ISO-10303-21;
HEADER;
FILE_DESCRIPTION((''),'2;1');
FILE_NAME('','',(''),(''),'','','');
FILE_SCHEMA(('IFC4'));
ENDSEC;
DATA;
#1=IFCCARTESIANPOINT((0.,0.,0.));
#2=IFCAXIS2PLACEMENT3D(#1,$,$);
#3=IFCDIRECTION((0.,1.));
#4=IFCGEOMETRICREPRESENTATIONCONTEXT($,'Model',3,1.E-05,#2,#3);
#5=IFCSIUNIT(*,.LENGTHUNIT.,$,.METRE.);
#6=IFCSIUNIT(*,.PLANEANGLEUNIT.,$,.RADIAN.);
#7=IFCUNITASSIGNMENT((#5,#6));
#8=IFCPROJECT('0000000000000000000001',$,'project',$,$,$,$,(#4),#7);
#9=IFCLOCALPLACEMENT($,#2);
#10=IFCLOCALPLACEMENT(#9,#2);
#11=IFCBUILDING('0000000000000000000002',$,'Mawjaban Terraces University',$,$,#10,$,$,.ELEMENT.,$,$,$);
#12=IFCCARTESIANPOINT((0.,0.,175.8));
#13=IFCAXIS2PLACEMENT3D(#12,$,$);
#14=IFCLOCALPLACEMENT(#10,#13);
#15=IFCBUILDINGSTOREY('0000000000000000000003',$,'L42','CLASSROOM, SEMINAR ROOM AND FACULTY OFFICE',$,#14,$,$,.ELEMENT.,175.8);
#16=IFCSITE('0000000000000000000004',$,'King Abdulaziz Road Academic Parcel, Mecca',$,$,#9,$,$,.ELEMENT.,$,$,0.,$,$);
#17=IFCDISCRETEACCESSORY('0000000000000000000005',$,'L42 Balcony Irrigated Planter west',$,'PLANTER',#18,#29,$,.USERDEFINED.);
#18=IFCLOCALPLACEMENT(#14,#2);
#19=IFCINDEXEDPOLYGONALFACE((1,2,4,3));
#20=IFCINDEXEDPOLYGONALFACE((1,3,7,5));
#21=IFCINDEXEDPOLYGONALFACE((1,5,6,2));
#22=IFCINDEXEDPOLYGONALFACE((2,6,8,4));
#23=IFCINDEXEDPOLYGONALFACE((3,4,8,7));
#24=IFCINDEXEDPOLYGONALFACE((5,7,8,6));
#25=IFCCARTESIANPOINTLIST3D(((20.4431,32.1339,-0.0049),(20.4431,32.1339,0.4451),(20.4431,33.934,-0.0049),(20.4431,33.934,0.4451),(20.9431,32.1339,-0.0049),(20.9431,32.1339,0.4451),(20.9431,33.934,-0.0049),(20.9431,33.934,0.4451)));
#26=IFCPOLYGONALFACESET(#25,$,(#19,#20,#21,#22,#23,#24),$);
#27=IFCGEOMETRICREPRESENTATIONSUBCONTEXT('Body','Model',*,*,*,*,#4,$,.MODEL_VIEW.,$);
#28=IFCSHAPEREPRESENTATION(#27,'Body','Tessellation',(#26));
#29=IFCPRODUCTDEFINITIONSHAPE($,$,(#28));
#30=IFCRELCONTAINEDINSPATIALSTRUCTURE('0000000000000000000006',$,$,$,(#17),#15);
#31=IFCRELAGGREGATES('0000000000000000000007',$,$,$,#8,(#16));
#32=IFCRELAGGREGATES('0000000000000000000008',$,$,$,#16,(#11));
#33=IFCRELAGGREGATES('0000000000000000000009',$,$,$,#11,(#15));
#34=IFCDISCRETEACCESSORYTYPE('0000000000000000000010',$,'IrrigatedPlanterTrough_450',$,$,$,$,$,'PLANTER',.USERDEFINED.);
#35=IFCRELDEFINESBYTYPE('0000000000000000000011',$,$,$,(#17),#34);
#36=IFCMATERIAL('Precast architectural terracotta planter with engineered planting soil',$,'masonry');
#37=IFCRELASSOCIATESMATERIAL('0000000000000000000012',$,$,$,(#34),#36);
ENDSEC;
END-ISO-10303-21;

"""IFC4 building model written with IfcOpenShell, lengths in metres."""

from ifc_helpers import new_model, si_unit, direction, frame, origin, origin_2d, place, context, subcontext, project, spatial, rectangle, extrude, material, type_object, element, save


model = new_model("IFC4")

# Units and contexts
model_context = context("Model", 3, precision=1e-05, world=origin(), true_north=direction((0.0, 1.0)))
body_context = subcontext(model_context, "Body", "Model", "MODEL_VIEW")
ifc_project = project(units=[si_unit("LENGTHUNIT", "METRE"), si_unit("PLANEANGLEUNIT", "RADIAN")], contexts=[model_context])

# Site, building, storey
site_placement = place(None, origin())
site = spatial("IfcSite", under=ifc_project, at=site_placement, Name="King Abdulaziz Road Academic Parcel, Mecca", CompositionType="ELEMENT", RefElevation=0.0)
building_placement = place(site_placement, origin())
building = spatial("IfcBuilding", under=site, at=building_placement, Name="Mawjaban Terraces University", CompositionType="ELEMENT")
storey_placement = place(building_placement, frame((0.0, 0.0, 175.8)))
storey = spatial("IfcBuildingStorey", under=building, at=storey_placement, Name="L42", Description="CLASSROOM, SEMINAR ROOM AND FACULTY OFFICE", CompositionType="ELEMENT", Elevation=175.8)

# Discrete accessory
ifc_material_1 = material(Name="Precast architectural terracotta planter with engineered planting soil", Category="masonry")
discrete_accessory_type_1 = type_object("IfcDiscreteAccessoryType", Name="IrrigatedPlanterTrough_450", ElementType="PLANTER", PredefinedType="USERDEFINED", material=ifc_material_1)
discrete_accessory_1_placement = place(storey_placement, frame((20.6931, 33.0339, -0.0049), z_axis=(0.0, 0.0, 1.0), x_axis=(0.0, 1.0, 0.0)))
element("IfcDiscreteAccessory", 1, at=discrete_accessory_1_placement, inside=storey, type_object=discrete_accessory_type_1, Name="L42 Balcony Irrigated Planter west", ObjectType="PLANTER", PredefinedType="USERDEFINED", context=body_context, shape_type="SweptSolid", body=[
    extrude(rectangle(XDim=1.8, YDim=0.5, at=origin_2d()), origin(), (0.0, 0.0, 1.0), 0.45),
])

save(model, "model.ifc")
